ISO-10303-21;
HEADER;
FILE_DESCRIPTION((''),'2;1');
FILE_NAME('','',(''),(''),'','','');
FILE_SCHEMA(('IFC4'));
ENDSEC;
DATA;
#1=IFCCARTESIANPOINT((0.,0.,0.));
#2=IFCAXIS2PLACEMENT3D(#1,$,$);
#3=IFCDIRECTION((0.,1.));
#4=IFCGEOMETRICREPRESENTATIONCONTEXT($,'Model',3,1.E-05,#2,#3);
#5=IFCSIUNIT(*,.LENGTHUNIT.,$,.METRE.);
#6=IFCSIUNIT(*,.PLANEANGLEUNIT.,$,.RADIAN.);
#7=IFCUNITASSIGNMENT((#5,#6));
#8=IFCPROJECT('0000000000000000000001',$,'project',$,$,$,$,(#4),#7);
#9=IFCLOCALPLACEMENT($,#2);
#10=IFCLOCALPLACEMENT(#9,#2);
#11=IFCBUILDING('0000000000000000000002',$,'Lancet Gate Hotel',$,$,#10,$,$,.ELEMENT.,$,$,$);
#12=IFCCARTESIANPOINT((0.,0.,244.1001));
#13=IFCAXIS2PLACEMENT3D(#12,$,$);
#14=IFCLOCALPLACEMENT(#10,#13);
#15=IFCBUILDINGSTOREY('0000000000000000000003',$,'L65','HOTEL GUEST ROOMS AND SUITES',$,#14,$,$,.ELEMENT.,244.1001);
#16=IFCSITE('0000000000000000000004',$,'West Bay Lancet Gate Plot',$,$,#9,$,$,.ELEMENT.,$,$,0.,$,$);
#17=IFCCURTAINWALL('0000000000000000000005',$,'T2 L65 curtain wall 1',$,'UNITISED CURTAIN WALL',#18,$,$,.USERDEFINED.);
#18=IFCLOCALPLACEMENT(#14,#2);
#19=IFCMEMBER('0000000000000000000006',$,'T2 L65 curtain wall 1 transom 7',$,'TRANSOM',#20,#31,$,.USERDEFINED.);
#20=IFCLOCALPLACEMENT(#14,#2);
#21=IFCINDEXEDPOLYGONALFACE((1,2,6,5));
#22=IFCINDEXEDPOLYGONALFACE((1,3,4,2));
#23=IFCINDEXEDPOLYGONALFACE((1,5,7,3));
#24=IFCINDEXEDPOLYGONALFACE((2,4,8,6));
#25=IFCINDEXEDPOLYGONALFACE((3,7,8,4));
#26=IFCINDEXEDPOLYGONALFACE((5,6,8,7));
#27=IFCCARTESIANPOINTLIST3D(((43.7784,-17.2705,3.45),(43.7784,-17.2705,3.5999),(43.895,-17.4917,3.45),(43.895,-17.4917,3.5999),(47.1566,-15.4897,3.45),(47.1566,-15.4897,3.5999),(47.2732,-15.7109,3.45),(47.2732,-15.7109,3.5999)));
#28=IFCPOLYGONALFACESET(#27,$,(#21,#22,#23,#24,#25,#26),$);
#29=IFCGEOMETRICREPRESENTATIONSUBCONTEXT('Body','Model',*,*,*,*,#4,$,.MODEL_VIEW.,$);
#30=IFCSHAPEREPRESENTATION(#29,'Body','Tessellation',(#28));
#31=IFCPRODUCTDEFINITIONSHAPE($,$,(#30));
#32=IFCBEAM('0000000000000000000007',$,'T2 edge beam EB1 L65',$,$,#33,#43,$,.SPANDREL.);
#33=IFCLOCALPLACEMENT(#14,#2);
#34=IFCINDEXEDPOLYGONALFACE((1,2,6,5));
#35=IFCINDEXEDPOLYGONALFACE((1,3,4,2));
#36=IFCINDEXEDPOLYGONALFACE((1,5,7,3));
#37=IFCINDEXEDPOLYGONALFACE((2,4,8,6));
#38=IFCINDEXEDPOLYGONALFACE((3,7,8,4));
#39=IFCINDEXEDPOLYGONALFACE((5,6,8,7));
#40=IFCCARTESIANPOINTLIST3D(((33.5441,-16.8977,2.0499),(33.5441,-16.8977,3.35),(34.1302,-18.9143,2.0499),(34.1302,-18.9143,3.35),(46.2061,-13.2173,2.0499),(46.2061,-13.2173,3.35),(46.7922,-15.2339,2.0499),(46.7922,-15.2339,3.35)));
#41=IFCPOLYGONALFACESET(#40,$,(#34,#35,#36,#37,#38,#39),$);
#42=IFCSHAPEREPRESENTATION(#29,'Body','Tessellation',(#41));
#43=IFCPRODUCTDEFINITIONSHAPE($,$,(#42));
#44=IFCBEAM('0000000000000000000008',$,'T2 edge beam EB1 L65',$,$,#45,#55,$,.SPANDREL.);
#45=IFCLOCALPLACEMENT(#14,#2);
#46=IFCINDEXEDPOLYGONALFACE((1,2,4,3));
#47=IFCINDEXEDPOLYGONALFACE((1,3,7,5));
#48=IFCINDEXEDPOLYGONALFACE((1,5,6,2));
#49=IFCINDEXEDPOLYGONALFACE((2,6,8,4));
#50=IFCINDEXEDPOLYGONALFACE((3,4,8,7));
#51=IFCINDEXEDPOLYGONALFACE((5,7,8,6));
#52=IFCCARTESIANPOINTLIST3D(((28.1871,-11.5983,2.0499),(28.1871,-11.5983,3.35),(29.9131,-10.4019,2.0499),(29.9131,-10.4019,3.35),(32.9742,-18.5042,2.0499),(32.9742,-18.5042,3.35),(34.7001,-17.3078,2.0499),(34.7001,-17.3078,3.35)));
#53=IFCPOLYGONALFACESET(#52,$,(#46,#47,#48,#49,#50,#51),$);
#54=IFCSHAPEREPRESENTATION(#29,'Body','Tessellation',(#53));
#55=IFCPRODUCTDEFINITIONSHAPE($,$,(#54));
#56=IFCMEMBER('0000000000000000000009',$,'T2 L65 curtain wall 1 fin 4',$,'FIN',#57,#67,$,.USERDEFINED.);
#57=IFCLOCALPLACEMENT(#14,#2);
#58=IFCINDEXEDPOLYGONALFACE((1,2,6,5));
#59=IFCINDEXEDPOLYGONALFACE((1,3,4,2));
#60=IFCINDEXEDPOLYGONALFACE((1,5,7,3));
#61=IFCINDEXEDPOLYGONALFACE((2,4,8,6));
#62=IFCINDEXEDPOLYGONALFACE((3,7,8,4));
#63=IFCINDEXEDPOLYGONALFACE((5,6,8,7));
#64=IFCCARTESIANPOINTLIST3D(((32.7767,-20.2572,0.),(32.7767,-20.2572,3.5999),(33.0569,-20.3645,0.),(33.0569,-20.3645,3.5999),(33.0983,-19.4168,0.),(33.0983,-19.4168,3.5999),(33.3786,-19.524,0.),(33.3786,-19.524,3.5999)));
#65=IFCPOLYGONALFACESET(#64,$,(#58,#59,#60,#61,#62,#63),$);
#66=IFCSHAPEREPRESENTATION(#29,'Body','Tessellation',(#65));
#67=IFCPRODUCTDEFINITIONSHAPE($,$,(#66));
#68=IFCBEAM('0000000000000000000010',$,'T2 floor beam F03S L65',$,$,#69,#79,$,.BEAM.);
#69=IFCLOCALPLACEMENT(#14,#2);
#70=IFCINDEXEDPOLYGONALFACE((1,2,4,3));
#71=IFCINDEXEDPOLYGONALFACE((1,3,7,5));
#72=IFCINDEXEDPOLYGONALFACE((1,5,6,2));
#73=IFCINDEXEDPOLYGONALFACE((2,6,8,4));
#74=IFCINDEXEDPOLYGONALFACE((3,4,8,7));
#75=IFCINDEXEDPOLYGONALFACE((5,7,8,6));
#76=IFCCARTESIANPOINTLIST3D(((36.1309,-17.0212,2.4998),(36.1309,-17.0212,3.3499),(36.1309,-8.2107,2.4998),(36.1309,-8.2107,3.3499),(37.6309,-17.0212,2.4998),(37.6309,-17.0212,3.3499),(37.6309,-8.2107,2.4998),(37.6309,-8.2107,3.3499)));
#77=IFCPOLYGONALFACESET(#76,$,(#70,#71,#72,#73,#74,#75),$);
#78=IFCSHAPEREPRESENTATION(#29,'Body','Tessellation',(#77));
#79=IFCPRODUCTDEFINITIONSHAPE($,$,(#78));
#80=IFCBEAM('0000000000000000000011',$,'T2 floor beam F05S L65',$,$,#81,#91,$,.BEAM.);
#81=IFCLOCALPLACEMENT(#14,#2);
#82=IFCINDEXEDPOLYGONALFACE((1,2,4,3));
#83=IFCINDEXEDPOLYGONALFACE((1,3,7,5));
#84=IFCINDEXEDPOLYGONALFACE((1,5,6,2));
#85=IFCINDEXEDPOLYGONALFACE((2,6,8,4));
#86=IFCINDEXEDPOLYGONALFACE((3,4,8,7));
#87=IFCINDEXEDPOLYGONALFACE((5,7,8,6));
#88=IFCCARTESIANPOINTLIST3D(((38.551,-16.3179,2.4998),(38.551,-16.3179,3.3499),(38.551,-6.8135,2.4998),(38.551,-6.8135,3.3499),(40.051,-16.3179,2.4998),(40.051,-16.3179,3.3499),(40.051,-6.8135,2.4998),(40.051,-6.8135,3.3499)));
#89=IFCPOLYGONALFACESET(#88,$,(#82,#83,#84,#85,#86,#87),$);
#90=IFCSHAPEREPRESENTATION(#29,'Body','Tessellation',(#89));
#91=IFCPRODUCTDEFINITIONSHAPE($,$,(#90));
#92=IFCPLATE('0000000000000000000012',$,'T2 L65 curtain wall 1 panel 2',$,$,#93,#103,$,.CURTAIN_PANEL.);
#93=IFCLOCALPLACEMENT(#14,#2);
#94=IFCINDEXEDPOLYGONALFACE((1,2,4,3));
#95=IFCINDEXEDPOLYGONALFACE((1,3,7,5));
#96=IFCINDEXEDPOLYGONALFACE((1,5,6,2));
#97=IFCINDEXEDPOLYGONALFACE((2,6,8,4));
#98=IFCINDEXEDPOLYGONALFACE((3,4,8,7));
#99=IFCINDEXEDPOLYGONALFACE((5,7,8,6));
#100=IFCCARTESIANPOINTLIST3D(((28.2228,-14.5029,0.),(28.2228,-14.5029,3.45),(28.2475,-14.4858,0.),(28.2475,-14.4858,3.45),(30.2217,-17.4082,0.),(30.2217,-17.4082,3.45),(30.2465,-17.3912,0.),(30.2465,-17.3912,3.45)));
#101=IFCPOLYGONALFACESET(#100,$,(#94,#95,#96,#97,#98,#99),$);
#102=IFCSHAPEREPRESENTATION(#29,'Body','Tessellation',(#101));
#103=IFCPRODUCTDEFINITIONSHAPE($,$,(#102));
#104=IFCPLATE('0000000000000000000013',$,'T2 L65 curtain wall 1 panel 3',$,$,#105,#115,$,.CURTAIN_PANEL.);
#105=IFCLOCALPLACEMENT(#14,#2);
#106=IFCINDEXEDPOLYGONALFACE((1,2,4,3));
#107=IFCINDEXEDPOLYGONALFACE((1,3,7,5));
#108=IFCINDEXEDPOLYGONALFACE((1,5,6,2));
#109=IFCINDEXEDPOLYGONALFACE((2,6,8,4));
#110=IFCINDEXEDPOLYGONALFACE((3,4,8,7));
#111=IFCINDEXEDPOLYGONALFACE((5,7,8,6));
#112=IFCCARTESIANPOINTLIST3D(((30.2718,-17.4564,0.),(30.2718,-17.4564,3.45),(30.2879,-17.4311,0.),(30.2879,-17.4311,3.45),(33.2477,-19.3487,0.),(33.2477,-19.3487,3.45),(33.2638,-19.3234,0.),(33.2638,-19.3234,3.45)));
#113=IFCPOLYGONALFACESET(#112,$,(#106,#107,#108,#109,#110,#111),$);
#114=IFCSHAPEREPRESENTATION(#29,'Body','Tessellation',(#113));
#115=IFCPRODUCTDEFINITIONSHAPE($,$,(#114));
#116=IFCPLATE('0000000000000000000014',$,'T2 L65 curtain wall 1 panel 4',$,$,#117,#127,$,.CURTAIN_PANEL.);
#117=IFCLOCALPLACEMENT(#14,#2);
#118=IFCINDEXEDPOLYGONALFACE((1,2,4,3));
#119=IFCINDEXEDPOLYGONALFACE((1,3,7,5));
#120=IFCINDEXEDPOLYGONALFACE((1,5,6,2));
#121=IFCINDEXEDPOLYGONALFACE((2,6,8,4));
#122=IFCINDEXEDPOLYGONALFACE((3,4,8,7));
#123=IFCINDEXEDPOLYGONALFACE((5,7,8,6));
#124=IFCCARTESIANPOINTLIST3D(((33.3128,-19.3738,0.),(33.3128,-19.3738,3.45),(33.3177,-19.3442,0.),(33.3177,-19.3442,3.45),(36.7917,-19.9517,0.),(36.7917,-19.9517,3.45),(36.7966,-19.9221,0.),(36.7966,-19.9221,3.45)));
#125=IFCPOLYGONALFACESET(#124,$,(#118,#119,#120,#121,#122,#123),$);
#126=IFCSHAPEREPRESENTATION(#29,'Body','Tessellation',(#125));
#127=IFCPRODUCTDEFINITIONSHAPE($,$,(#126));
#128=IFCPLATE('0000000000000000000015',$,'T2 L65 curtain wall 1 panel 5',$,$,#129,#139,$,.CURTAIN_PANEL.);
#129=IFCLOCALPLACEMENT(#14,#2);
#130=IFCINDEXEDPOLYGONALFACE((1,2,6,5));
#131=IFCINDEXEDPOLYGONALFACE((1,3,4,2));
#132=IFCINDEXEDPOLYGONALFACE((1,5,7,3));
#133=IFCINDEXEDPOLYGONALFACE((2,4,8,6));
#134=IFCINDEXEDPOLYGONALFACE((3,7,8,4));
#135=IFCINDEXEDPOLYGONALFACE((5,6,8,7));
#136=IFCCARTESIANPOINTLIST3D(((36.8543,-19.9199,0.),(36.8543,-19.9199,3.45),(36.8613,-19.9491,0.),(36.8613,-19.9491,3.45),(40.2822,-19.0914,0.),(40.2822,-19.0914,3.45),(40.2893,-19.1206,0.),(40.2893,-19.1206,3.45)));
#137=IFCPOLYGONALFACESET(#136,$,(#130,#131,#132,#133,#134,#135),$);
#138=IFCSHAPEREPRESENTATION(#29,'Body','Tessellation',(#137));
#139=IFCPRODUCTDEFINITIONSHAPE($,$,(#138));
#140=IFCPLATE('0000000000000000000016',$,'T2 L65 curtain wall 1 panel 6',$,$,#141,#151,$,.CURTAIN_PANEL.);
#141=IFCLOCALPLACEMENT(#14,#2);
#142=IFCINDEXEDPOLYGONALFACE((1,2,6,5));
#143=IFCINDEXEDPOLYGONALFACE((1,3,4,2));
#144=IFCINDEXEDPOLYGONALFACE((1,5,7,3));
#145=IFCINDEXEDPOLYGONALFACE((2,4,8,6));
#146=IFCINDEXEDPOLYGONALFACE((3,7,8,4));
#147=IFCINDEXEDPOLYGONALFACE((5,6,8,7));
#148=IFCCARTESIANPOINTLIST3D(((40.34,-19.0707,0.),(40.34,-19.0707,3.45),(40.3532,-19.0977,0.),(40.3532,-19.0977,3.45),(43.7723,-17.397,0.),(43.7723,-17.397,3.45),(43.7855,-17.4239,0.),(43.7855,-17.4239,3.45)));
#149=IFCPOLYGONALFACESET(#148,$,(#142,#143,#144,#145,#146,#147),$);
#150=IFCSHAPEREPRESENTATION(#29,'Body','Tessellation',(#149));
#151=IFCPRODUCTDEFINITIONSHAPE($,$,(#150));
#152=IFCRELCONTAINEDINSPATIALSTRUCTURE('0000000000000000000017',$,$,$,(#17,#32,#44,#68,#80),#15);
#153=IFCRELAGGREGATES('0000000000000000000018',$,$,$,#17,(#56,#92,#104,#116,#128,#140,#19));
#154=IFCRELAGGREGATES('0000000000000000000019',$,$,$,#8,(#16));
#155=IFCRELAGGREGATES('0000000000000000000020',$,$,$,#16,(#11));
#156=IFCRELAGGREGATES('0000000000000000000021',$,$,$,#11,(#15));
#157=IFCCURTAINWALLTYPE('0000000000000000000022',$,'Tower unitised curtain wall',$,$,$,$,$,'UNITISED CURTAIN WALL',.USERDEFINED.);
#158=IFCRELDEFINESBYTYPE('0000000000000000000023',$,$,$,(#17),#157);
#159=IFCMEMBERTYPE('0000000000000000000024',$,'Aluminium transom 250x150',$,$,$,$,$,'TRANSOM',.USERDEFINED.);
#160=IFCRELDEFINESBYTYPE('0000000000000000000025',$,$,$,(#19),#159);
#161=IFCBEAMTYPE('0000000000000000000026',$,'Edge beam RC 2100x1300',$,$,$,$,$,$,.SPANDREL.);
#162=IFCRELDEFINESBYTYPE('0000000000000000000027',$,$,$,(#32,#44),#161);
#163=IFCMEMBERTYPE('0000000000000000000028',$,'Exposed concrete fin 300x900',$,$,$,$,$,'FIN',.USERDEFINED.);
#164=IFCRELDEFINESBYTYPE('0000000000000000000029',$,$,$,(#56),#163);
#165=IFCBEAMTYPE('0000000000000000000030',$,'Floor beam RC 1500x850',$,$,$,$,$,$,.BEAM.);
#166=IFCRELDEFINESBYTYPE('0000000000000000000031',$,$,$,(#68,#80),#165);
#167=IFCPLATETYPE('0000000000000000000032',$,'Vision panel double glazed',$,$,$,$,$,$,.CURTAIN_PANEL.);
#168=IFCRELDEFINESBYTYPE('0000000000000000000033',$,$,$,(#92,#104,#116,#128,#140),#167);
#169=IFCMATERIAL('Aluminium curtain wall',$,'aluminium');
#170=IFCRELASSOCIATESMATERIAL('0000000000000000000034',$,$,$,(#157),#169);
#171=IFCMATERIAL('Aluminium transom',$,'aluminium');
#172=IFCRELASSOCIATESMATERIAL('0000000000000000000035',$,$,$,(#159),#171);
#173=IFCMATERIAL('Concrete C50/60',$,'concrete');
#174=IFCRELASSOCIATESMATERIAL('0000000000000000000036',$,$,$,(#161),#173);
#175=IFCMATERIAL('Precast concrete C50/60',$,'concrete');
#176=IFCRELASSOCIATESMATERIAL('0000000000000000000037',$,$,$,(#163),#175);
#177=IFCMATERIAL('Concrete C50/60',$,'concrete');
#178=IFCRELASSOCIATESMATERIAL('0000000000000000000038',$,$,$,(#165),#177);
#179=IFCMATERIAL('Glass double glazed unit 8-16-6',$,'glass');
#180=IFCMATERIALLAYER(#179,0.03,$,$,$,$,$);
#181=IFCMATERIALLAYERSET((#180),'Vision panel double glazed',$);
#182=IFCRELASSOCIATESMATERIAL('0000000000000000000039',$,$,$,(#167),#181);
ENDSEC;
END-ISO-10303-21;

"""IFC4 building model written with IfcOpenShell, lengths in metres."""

from ifc_helpers import new_model, si_unit, direction, frame, origin, origin_2d, place, context, subcontext, project, spatial, rectangle, extrude, material, layer, layer_set, material_profile, profile_set, type_object, element, aggregate, save


model = new_model("IFC4")

# Units and contexts
model_context = context("Model", 3, precision=1e-05, world=origin(), true_north=direction((0.0, 1.0)))
body_context = subcontext(model_context, "Body", "Model", "MODEL_VIEW")
ifc_project = project(units=[si_unit("LENGTHUNIT", "METRE"), si_unit("PLANEANGLEUNIT", "RADIAN")], contexts=[model_context])

# Site, building, storey
site_placement = place(None, origin())
site = spatial("IfcSite", under=ifc_project, at=site_placement, Name="West Bay Lancet Gate Plot", CompositionType="ELEMENT", RefElevation=0.0)
building_placement = place(site_placement, origin())
building = spatial("IfcBuilding", under=site, at=building_placement, Name="Lancet Gate Hotel", CompositionType="ELEMENT")
storey_placement = place(building_placement, frame((0.0, 0.0, 244.1001)))
storey = spatial("IfcBuildingStorey", under=building, at=storey_placement, Name="L65", Description="HOTEL GUEST ROOMS AND SUITES", CompositionType="ELEMENT", Elevation=244.1001)

# Curtain wall, member
ifc_material_1 = material(Name="Aluminium curtain wall", Category="aluminium")
curtain_wall_type = type_object("IfcCurtainWallType", Name="Tower unitised curtain wall", ElementType="UNITISED CURTAIN WALL", PredefinedType="USERDEFINED", material=ifc_material_1)
curtain_wall_placement = place(storey_placement, origin())
curtain_wall = element("IfcCurtainWall", 1, at=curtain_wall_placement, inside=storey, type_object=curtain_wall_type, Name="T2 L65 curtain wall 1", ObjectType="UNITISED CURTAIN WALL", PredefinedType="USERDEFINED")
ifc_material_2 = material(Name="Aluminium transom", Category="aluminium")
ifc_material_profile_1 = material_profile(ifc_material_2, rectangle(XDim=0.25, YDim=0.1499, at=origin_2d()), Name="TRANSOM 250x150")
ifc_profile_set_1 = profile_set([ifc_material_profile_1], Name="Aluminium transom")
member_type_1 = type_object("IfcMemberType", Name="Aluminium transom 250x150", ElementType="TRANSOM", PredefinedType="USERDEFINED", material=ifc_profile_set_1)
member_1_placement = place(storey_placement, frame((43.8367, -17.3811, 3.5249), z_axis=(0.884618, 0.466315, 0.0), x_axis=(-0.466315, 0.884618, 0.0)))
member_1 = element("IfcMember", 2, at=member_1_placement, type_object=member_type_1, Name="T2 L65 curtain wall 1 transom 7", ObjectType="TRANSOM", PredefinedType="USERDEFINED", context=body_context, shape_type="SweptSolid", body=[
    extrude(rectangle(XDim=0.25, YDim=0.1499, at=origin_2d()), origin(), (0.0, 0.0, 1.0), 3.8188),
])

# Beams
ifc_material_3 = material(Name="Concrete C50/60", Category="concrete")
ifc_material_profile_2 = material_profile(ifc_material_3, rectangle(XDim=2.1001, YDim=1.3, at=origin_2d()), Name="RC 2100x1300")
ifc_profile_set_2 = profile_set([ifc_material_profile_2], Name="Concrete C50/60")
beam_type_1 = type_object("IfcBeamType", Name="Edge beam RC 2100x1300", PredefinedType="SPANDREL", material=ifc_profile_set_2)
beam_1_placement = place(storey_placement, frame((33.8372, -17.906, 2.7), z_axis=(0.960258, 0.279113, 0.0), x_axis=(-0.279113, 0.960258, 0.0)))
element("IfcBeam", 3, at=beam_1_placement, inside=storey, type_object=beam_type_1, Name="T2 edge beam EB1 L65", PredefinedType="SPANDREL", context=body_context, shape_type="SweptSolid", body=[
    extrude(rectangle(XDim=2.1001, YDim=1.3, at=origin_2d()), origin(), (0.0, 0.0, 1.0), 13.186),
])
beam_2_placement = place(storey_placement, frame((33.8372, -17.906, 2.7), z_axis=(-0.569695, 0.821856, 0.0), x_axis=(-0.821856, -0.569695, 0.0)))
element("IfcBeam", 4, at=beam_2_placement, inside=storey, type_object=beam_type_1, Name="T2 edge beam EB1 L65", PredefinedType="SPANDREL", context=body_context, shape_type="SweptSolid", body=[
    extrude(rectangle(XDim=2.1001, YDim=1.3, at=origin_2d()), origin(), (0.0, 0.0, 1.0), 8.4028),
])

# Member
ifc_material_4 = material(Name="Precast concrete C50/60", Category="concrete")
ifc_material_profile_3 = material_profile(ifc_material_4, rectangle(XDim=0.3, YDim=0.8999, at=origin_2d()), Name="FIN 300x900")
ifc_profile_set_3 = profile_set([ifc_material_profile_3], Name="Precast concrete C50/60")
member_type_2 = type_object("IfcMemberType", Name="Exposed concrete fin 300x900", ElementType="FIN", PredefinedType="USERDEFINED", material=ifc_profile_set_3)
member_2_placement = place(storey_placement, frame((33.0776, -19.8906, 0.0), z_axis=(0.0, 0.0, 1.0), x_axis=(0.933943, -0.357421, 0.0)))
member_2 = element("IfcMember", 5, at=member_2_placement, type_object=member_type_2, Name="T2 L65 curtain wall 1 fin 4", ObjectType="FIN", PredefinedType="USERDEFINED", context=body_context, shape_type="SweptSolid", body=[
    extrude(rectangle(XDim=0.3, YDim=0.8999, at=origin_2d()), origin(), (0.0, 0.0, 1.0), 3.5999),
])

# Beams
ifc_material_5 = material(Name="Concrete C50/60", Category="concrete")
ifc_material_profile_4 = material_profile(ifc_material_5, rectangle(XDim=1.5, YDim=0.8501, at=origin_2d()), Name="RC 1500x850")
ifc_profile_set_4 = profile_set([ifc_material_profile_4], Name="Concrete C50/60")
beam_type_2 = type_object("IfcBeamType", Name="Floor beam RC 1500x850", PredefinedType="BEAM", material=ifc_profile_set_4)
beam_3_placement = place(storey_placement, frame((36.8809, -17.0212, 2.9248), z_axis=(0.0, 1.0, 0.0), x_axis=(-1.0, 0.0, 0.0)))
element("IfcBeam", 6, at=beam_3_placement, inside=storey, type_object=beam_type_2, Name="T2 floor beam F03S L65", PredefinedType="BEAM", context=body_context, shape_type="SweptSolid", body=[
    extrude(rectangle(XDim=1.5, YDim=0.8501, at=origin_2d()), origin(), (0.0, 0.0, 1.0), 8.8105),
])
beam_4_placement = place(storey_placement, frame((39.301, -16.3179, 2.9248), z_axis=(0.0, 1.0, 0.0), x_axis=(-1.0, 0.0, 0.0)))
element("IfcBeam", 7, at=beam_4_placement, inside=storey, type_object=beam_type_2, Name="T2 floor beam F05S L65", PredefinedType="BEAM", context=body_context, shape_type="SweptSolid", body=[
    extrude(rectangle(XDim=1.5, YDim=0.8501, at=origin_2d()), origin(), (0.0, 0.0, 1.0), 9.5044),
])

# Plates
ifc_material_6 = material(Name="Glass double glazed unit 8-16-6", Category="glass")
ifc_layer = layer(ifc_material_6, 0.03)
ifc_layer_set = layer_set([ifc_layer], Name="Vision panel double glazed")
plate_type = type_object("IfcPlateType", Name="Vision panel double glazed", PredefinedType="CURTAIN_PANEL", material=ifc_layer_set)
plate_1_placement = place(storey_placement, frame((29.2346, -15.947, 0.0), z_axis=(0.0, 0.0, 1.0), x_axis=(0.566824, -0.823839, 0.0)))
plate_1 = element("IfcPlate", 8, at=plate_1_placement, type_object=plate_type, Name="T2 L65 curtain wall 1 panel 2", PredefinedType="CURTAIN_PANEL", context=body_context, shape_type="SweptSolid", body=[
    extrude(rectangle(XDim=3.5266, YDim=0.03, at=origin_2d()), origin(), (0.0, 0.0, 1.0), 3.45),
])
plate_2_placement = place(storey_placement, frame((31.7678, -18.3899, 0.0), z_axis=(0.0, 0.0, 1.0), x_axis=(0.843845, -0.536587, 0.0)))
plate_2 = element("IfcPlate", 9, at=plate_2_placement, type_object=plate_type, Name="T2 L65 curtain wall 1 panel 3", PredefinedType="CURTAIN_PANEL", context=body_context, shape_type="SweptSolid", body=[
    extrude(rectangle(XDim=3.5266, YDim=0.03, at=origin_2d()), origin(), (0.0, 0.0, 1.0), 3.45),
])
plate_3_placement = place(storey_placement, frame((35.0547, -19.6479, 0.0), z_axis=(0.0, 0.0, 1.0), x_axis=(0.98648, -0.163881, 0.0)))
plate_3 = element("IfcPlate", 10, at=plate_3_placement, type_object=plate_type, Name="T2 L65 curtain wall 1 panel 4", PredefinedType="CURTAIN_PANEL", context=body_context, shape_type="SweptSolid", body=[
    extrude(rectangle(XDim=3.5266, YDim=0.03, at=origin_2d()), origin(), (0.0, 0.0, 1.0), 3.45),
])
plate_4_placement = place(storey_placement, frame((38.5718, -19.5203, 0.0), z_axis=(0.0, 0.0, 1.0), x_axis=(0.972014, 0.234924, 0.0)))
plate_4 = element("IfcPlate", 11, at=plate_4_placement, type_object=plate_type, Name="T2 L65 curtain wall 1 panel 5", PredefinedType="CURTAIN_PANEL", context=body_context, shape_type="SweptSolid", body=[
    extrude(rectangle(XDim=3.5266, YDim=0.03, at=origin_2d()), origin(), (0.0, 0.0, 1.0), 3.45),
])
plate_5_placement = place(storey_placement, frame((42.0627, -18.2473, 0.0), z_axis=(0.0, 0.0, 1.0), x_axis=(0.898823, 0.438311, 0.0)))
plate_5 = element("IfcPlate", 12, at=plate_5_placement, type_object=plate_type, Name="T2 L65 curtain wall 1 panel 6", PredefinedType="CURTAIN_PANEL", context=body_context, shape_type="SweptSolid", body=[
    extrude(rectangle(XDim=3.8186, YDim=0.03, at=origin_2d()), origin(), (0.0, 0.0, 1.0), 3.45),
])
aggregate(curtain_wall, [member_2, plate_1, plate_2, plate_3, plate_4, plate_5, member_1])

save(model, "model.ifc")
